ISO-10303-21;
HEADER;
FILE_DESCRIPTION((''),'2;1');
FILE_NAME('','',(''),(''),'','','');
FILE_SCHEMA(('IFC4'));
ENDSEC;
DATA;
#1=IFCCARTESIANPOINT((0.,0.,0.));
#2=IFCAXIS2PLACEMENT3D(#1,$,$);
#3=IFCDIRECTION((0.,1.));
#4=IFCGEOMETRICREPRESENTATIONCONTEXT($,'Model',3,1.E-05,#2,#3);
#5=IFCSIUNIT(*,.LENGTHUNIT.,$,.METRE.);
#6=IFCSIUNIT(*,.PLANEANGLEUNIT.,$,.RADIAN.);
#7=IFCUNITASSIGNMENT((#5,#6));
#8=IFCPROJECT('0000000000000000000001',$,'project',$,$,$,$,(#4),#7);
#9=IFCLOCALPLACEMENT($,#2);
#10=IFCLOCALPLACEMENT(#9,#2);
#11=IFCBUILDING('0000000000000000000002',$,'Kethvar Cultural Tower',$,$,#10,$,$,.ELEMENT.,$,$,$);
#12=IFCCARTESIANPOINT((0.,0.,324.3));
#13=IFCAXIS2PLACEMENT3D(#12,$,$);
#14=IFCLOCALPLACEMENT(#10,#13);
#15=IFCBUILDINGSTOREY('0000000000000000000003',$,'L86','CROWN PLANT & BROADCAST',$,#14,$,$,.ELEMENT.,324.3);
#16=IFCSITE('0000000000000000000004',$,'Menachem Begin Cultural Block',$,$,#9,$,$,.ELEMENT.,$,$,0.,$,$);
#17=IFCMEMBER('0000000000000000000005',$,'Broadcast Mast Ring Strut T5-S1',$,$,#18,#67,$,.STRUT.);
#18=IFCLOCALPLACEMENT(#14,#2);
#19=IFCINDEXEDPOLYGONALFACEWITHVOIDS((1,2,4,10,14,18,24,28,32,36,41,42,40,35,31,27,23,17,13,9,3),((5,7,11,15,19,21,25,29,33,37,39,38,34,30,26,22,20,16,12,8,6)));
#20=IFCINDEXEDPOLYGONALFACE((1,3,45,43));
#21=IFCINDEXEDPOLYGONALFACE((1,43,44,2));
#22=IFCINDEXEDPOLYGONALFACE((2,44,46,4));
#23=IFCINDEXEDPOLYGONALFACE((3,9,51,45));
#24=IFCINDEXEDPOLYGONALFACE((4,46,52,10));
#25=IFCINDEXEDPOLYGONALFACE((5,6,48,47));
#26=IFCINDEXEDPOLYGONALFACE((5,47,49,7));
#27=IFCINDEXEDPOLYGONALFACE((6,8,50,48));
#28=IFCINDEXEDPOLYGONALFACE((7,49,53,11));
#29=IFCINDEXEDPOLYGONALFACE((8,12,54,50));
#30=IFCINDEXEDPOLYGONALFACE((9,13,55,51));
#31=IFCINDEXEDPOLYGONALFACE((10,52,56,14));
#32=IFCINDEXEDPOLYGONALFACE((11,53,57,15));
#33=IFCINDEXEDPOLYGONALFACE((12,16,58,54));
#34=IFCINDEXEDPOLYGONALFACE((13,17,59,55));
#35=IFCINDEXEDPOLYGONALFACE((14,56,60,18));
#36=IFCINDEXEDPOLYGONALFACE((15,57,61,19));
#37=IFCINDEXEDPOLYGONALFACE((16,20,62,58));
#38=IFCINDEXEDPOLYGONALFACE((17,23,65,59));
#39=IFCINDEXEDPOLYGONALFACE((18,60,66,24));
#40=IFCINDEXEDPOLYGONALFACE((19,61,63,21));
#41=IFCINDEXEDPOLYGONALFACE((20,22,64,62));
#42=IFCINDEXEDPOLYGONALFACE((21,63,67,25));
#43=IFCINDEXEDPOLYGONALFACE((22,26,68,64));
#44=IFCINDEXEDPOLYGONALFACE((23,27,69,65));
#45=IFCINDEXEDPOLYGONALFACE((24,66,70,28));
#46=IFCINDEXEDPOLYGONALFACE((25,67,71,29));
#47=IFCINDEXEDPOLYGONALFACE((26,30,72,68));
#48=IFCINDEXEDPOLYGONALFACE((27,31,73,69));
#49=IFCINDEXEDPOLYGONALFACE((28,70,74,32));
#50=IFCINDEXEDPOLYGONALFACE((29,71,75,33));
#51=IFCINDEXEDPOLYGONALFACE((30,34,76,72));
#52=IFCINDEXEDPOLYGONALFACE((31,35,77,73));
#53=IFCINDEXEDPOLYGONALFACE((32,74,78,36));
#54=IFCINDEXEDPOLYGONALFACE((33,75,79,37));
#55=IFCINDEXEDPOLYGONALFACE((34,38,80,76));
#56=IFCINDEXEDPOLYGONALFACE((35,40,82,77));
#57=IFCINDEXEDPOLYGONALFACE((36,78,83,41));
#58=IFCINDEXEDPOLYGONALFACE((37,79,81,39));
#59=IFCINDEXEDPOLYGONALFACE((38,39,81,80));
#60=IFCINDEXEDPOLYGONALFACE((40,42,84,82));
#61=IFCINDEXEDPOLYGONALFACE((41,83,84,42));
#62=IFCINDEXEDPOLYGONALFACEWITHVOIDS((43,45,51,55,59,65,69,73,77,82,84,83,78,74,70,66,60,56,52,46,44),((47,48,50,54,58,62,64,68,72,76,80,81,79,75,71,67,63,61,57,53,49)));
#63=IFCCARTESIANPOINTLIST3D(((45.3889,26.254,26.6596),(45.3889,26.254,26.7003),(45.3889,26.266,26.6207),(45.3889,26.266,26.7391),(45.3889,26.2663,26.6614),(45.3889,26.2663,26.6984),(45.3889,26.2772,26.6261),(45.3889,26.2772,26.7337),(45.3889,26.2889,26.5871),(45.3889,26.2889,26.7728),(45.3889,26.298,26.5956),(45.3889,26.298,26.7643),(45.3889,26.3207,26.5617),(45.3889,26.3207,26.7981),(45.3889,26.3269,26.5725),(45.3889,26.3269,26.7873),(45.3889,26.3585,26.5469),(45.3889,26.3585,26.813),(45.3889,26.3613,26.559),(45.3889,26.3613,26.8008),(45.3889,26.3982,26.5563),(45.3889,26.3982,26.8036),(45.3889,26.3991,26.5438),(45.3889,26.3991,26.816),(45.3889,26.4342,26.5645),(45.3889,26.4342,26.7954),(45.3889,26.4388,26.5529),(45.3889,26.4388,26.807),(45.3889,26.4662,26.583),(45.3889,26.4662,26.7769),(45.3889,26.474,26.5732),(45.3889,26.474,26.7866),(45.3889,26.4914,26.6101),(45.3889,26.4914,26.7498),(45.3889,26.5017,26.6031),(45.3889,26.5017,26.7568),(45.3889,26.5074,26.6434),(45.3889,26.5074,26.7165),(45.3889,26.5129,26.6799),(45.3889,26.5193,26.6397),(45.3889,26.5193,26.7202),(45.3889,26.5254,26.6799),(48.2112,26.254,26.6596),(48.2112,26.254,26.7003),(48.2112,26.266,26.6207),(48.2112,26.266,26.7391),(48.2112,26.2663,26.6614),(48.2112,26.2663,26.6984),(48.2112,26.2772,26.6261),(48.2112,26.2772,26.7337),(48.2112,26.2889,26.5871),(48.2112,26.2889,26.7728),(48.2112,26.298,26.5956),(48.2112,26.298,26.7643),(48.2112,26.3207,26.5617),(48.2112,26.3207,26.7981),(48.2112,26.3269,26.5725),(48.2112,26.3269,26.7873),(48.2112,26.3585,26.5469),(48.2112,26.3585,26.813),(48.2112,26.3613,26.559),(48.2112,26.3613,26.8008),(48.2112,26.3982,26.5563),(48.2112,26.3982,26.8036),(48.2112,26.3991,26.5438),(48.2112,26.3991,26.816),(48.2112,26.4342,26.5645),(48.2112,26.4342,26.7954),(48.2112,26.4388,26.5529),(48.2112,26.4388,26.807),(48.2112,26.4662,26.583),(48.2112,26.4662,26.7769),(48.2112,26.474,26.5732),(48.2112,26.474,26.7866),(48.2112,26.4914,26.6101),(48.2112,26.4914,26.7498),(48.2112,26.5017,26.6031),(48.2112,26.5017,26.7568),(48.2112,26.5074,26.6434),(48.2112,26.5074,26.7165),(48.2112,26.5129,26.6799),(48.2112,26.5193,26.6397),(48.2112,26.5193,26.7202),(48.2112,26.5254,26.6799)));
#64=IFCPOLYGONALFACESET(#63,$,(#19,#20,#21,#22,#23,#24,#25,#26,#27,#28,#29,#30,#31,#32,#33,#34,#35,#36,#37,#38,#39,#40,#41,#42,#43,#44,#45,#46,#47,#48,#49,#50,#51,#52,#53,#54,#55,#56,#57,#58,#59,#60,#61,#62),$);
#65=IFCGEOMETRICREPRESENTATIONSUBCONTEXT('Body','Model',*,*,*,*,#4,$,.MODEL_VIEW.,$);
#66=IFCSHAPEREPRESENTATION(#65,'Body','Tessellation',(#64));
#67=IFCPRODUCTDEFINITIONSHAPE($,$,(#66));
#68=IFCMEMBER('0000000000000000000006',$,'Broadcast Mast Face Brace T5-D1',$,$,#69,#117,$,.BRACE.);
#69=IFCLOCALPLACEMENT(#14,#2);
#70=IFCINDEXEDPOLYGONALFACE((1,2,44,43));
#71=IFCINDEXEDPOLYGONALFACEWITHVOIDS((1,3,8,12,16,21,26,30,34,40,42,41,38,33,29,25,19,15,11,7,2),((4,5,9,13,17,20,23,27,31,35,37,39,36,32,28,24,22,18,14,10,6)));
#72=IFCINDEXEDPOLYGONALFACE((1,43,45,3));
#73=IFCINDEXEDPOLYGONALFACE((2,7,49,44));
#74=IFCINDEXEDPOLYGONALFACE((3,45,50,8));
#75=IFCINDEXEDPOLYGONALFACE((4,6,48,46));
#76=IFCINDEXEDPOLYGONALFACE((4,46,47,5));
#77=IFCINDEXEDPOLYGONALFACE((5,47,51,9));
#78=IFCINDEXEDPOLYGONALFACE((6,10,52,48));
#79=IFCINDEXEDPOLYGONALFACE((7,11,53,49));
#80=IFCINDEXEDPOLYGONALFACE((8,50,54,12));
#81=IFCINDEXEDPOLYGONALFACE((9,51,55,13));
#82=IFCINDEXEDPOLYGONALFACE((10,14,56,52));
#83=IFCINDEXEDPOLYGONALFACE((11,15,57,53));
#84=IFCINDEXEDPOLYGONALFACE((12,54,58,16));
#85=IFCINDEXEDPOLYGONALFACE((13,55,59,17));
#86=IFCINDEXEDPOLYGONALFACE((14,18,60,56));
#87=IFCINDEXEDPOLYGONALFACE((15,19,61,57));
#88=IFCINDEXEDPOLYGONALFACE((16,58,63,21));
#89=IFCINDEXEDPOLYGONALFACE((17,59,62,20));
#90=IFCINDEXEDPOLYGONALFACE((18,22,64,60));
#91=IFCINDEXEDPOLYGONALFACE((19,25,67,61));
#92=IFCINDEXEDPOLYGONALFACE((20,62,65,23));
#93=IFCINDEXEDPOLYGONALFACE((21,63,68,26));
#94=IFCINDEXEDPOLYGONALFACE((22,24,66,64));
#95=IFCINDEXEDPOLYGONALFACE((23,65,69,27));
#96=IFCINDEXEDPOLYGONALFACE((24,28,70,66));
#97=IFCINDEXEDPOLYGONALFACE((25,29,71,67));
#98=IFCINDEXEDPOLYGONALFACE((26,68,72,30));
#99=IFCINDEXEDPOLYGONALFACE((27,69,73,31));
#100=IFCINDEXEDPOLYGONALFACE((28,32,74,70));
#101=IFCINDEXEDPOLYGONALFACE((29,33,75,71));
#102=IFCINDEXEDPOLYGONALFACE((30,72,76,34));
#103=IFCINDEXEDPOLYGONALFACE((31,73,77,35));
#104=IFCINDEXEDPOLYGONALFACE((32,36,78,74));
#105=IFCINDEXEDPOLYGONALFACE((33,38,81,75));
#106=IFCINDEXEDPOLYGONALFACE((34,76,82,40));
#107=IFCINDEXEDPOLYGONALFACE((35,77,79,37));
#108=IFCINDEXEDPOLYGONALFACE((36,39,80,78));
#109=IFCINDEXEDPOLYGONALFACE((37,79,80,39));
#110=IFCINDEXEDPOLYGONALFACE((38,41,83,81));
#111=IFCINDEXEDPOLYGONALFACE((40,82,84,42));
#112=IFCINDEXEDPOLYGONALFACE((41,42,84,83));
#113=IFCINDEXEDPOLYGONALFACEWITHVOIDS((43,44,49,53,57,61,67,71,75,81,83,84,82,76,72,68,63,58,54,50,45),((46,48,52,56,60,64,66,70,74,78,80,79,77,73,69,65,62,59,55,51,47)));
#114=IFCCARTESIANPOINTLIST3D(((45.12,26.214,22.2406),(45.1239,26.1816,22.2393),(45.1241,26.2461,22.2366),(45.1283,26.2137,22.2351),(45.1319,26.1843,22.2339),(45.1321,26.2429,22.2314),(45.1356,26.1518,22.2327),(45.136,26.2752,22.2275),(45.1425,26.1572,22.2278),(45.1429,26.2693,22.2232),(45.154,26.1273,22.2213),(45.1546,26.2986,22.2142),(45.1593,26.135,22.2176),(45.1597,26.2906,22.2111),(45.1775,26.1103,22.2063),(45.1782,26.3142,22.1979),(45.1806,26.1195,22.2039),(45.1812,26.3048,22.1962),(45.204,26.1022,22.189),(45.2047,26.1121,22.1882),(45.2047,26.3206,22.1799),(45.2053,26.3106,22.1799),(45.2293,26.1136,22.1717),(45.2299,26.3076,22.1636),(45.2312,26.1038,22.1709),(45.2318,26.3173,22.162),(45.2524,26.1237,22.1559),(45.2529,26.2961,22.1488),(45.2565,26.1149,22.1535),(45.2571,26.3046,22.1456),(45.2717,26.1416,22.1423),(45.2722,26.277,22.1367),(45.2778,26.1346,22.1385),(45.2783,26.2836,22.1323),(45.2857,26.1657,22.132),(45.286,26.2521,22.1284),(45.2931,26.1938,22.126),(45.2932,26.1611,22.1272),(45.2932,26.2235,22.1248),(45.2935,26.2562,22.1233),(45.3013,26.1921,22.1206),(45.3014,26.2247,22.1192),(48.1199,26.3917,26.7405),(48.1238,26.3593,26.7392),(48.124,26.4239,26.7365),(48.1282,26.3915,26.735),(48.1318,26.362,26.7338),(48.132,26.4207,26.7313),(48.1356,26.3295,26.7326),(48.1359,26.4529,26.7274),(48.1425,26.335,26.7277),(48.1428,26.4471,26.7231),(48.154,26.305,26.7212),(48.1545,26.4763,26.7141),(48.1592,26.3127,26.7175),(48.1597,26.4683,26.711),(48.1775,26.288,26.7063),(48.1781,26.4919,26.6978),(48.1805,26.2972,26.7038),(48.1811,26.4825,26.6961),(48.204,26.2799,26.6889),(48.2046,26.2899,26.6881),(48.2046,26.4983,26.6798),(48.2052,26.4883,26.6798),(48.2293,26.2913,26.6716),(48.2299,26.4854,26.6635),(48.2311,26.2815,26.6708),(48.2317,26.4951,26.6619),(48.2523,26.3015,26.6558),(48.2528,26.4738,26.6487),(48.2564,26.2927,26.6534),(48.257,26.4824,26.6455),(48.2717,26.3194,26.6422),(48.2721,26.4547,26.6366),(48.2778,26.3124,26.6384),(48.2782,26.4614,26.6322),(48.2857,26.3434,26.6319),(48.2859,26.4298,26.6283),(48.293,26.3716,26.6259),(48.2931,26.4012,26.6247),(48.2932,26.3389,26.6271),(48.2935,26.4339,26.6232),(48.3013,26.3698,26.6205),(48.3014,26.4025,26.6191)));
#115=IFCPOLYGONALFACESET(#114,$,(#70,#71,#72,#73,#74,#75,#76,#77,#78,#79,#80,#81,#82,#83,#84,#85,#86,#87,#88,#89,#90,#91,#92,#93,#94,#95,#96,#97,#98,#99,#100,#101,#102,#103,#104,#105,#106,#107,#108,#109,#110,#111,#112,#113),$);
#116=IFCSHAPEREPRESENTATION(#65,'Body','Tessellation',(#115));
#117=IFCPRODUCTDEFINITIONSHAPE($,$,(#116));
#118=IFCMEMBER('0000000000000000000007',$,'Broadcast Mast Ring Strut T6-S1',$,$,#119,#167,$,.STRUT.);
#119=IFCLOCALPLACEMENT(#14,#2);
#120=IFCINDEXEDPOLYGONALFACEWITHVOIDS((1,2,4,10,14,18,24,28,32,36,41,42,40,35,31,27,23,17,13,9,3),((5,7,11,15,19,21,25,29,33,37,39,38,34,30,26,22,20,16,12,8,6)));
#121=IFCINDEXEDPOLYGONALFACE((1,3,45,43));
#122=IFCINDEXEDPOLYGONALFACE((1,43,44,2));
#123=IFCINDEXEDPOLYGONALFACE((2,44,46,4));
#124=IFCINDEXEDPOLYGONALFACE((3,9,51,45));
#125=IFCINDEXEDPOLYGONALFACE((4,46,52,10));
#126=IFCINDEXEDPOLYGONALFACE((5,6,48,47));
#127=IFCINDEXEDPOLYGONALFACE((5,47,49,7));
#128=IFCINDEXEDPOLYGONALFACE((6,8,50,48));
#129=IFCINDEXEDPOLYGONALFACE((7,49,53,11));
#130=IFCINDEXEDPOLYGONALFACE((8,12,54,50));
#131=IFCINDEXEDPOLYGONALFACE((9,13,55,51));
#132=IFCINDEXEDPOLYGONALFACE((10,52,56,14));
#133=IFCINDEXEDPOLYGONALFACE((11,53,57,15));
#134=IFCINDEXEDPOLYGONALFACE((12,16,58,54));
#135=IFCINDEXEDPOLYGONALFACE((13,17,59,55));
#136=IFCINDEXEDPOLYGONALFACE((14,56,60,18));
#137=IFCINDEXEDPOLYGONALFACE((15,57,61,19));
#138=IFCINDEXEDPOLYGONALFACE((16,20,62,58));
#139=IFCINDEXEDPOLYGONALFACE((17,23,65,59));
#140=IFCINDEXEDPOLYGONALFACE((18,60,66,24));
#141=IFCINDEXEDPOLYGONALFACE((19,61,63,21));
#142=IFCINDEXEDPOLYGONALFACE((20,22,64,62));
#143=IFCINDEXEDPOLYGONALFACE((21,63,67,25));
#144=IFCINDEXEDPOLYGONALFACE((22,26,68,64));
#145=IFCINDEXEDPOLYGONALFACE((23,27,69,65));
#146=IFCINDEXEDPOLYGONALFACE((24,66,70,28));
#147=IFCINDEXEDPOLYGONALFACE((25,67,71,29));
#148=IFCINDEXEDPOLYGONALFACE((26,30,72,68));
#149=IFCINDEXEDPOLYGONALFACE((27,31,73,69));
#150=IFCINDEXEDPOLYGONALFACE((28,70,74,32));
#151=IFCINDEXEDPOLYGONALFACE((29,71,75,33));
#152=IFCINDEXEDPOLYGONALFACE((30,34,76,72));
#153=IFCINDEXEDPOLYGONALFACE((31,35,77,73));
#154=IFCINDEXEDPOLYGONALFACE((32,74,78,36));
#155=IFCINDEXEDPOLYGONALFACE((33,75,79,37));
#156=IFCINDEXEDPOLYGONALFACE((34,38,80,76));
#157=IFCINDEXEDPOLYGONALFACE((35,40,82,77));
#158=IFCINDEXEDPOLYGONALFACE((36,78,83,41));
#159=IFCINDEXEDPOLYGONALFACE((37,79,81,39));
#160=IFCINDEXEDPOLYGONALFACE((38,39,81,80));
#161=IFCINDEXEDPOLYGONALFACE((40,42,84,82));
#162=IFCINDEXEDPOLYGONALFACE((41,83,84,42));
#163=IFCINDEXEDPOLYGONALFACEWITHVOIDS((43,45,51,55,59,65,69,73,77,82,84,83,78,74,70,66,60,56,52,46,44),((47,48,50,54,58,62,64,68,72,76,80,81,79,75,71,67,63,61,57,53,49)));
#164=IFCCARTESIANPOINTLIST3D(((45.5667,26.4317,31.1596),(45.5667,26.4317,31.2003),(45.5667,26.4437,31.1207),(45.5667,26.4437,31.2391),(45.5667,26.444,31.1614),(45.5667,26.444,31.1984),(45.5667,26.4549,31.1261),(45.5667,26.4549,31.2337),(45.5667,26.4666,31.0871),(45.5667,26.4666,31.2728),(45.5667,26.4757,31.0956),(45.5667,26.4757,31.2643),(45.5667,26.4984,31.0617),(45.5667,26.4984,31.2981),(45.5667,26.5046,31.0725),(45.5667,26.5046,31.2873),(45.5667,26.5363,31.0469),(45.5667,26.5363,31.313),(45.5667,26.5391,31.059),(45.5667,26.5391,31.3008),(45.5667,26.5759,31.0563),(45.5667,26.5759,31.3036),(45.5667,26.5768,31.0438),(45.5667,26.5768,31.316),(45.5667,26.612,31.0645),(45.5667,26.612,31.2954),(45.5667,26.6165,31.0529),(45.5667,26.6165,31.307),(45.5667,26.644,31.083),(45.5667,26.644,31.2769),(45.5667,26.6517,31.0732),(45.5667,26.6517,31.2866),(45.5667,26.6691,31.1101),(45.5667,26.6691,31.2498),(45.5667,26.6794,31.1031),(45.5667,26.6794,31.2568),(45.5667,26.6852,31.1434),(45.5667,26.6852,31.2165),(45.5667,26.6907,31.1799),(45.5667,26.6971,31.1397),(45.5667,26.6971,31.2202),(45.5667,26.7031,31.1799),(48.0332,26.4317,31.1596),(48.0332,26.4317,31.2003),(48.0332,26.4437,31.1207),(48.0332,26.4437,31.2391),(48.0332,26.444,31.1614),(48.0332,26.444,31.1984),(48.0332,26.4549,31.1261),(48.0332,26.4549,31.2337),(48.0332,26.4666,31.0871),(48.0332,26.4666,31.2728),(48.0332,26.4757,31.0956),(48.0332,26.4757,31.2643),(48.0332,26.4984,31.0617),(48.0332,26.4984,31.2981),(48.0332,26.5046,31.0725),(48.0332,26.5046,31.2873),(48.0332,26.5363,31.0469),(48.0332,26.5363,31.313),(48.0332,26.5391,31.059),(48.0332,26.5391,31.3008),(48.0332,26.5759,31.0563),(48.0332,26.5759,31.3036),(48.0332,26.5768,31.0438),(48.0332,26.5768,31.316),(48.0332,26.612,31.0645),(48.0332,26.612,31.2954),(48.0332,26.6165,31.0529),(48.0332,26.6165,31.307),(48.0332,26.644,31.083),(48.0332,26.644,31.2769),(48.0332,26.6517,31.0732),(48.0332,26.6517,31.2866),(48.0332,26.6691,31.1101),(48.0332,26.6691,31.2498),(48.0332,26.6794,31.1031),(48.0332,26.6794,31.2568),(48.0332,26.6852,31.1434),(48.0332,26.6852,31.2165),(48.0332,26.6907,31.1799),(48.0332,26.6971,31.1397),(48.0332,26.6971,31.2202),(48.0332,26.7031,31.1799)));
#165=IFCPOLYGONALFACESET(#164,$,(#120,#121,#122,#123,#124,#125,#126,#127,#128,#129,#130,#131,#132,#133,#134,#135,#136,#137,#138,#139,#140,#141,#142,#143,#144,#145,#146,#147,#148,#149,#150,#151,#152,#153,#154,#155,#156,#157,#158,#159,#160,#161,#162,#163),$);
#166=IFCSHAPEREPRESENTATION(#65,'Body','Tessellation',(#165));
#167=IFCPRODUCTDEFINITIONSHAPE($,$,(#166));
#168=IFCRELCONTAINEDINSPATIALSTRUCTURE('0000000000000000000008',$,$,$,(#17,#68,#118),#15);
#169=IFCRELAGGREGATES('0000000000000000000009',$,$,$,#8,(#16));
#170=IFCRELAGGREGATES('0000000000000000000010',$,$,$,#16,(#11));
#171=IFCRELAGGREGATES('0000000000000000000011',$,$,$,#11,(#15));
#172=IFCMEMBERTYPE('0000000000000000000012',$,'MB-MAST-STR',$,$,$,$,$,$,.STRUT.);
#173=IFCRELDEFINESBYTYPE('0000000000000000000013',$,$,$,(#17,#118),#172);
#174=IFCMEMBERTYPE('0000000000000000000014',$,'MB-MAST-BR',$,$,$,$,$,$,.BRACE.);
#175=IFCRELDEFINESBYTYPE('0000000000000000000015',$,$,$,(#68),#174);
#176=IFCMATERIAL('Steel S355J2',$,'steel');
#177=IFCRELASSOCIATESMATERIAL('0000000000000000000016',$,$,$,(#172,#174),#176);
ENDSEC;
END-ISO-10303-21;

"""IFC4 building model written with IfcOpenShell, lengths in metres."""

from ifc_helpers import new_model, si_unit, direction, frame, origin, origin_2d, place, context, subcontext, project, spatial, hollow_circle, extrude, source, transform, mapped, material, material_profile, profile_set, type_object, element, save


model = new_model("IFC4")

# Units and contexts
model_context = context("Model", 3, precision=1e-05, world=origin(), true_north=direction((0.0, 1.0)))
body_context = subcontext(model_context, "Body", "Model", "MODEL_VIEW")
ifc_project = project(units=[si_unit("LENGTHUNIT", "METRE"), si_unit("PLANEANGLEUNIT", "RADIAN")], contexts=[model_context])

# Site, building, storey
site_placement = place(None, origin())
site = spatial("IfcSite", under=ifc_project, at=site_placement, Name="Menachem Begin Cultural Block", CompositionType="ELEMENT", RefElevation=0.0)
building_placement = place(site_placement, origin())
building = spatial("IfcBuilding", under=site, at=building_placement, Name="Kethvar Cultural Tower", CompositionType="ELEMENT")
storey_placement = place(building_placement, frame((0.0, 0.0, 324.3)))
storey = spatial("IfcBuildingStorey", under=building, at=storey_placement, Name="L86", Description="CROWN PLANT & BROADCAST", CompositionType="ELEMENT", Elevation=324.3)

# Shared definitions
ifc_material_1 = material(Name="Steel S355J2", Category="steel")

# Members
ifc_material_profile_1 = material_profile(ifc_material_1, hollow_circle(Radius=0.1365, WallThickness=0.0125, at=origin_2d()), Name="Steel S355J2 — CHS273x12.5")
ifc_profile_set_1 = profile_set([ifc_material_profile_1], Name="Steel S355J2 — CHS273x12.5")
member_type_1 = type_object("IfcMemberType", Name="MB-MAST-STR", PredefinedType="STRUT", material=ifc_profile_set_1)
ifc_material_profile_2 = material_profile(ifc_material_1, hollow_circle(Radius=0.1096, WallThickness=0.01, at=origin_2d()), Name="Steel S355J2 — CHS219x10")
ifc_profile_set_2 = profile_set([ifc_material_profile_2], Name="Steel S355J2 — CHS219x10")
member_type_2 = type_object("IfcMemberType", Name="MB-MAST-BR", PredefinedType="BRACE", material=ifc_profile_set_2)
shared_shape_1 = source(origin(), body_context, "Body", "SweptSolid", [
    extrude(hollow_circle(Radius=0.1365, WallThickness=0.0125, at=origin_2d()), origin(), (0.0, 0.0, 1.0), 2.8223),
])
member_1_placement = place(storey_placement, frame((45.3889, 26.3889, 26.6799), z_axis=(1.0, 0.0, 0.0), x_axis=(0.0, 1.0, 0.0)))
element("IfcMember", 1, at=member_1_placement, inside=storey, type_object=member_type_1, Name="Broadcast Mast Ring Strut T5-S1", PredefinedType="STRUT", context=body_context, shape_type="MappedRepresentation", body=[
    mapped(shared_shape_1, transform((0.0, 0.0, 0.0), scale=1.0)),
])
shared_shape_2 = source(origin(), body_context, "Body", "SweptSolid", [
    extrude(hollow_circle(Radius=0.1096, WallThickness=0.01, at=origin_2d()), origin(), (0.0, 0.0, 1.0), 5.4111),
])
member_2_placement = place(storey_placement, frame((45.2112, 26.2112, 22.1799), z_axis=(0.554401, 0.032845, 0.831601), x_axis=(-0.059141, 0.99825, 0.0)))
element("IfcMember", 2, at=member_2_placement, inside=storey, type_object=member_type_2, Name="Broadcast Mast Face Brace T5-D1", PredefinedType="BRACE", context=body_context, shape_type="MappedRepresentation", body=[
    mapped(shared_shape_2, transform((0.0, 0.0, 0.0), scale=1.0)),
])
shared_shape_3 = source(origin(), body_context, "Body", "SweptSolid", [
    extrude(hollow_circle(Radius=0.1365, WallThickness=0.0125, at=origin_2d()), origin(), (0.0, 0.0, 1.0), 2.4666),
])
member_3_placement = place(storey_placement, frame((45.5667, 26.5667, 31.1799), z_axis=(1.0, 0.0, 0.0), x_axis=(0.0, 1.0, 0.0)))
element("IfcMember", 3, at=member_3_placement, inside=storey, type_object=member_type_1, Name="Broadcast Mast Ring Strut T6-S1", PredefinedType="STRUT", context=body_context, shape_type="MappedRepresentation", body=[
    mapped(shared_shape_3, transform((0.0, 0.0, 0.0), scale=1.0)),
])

save(model, "model.ifc")
